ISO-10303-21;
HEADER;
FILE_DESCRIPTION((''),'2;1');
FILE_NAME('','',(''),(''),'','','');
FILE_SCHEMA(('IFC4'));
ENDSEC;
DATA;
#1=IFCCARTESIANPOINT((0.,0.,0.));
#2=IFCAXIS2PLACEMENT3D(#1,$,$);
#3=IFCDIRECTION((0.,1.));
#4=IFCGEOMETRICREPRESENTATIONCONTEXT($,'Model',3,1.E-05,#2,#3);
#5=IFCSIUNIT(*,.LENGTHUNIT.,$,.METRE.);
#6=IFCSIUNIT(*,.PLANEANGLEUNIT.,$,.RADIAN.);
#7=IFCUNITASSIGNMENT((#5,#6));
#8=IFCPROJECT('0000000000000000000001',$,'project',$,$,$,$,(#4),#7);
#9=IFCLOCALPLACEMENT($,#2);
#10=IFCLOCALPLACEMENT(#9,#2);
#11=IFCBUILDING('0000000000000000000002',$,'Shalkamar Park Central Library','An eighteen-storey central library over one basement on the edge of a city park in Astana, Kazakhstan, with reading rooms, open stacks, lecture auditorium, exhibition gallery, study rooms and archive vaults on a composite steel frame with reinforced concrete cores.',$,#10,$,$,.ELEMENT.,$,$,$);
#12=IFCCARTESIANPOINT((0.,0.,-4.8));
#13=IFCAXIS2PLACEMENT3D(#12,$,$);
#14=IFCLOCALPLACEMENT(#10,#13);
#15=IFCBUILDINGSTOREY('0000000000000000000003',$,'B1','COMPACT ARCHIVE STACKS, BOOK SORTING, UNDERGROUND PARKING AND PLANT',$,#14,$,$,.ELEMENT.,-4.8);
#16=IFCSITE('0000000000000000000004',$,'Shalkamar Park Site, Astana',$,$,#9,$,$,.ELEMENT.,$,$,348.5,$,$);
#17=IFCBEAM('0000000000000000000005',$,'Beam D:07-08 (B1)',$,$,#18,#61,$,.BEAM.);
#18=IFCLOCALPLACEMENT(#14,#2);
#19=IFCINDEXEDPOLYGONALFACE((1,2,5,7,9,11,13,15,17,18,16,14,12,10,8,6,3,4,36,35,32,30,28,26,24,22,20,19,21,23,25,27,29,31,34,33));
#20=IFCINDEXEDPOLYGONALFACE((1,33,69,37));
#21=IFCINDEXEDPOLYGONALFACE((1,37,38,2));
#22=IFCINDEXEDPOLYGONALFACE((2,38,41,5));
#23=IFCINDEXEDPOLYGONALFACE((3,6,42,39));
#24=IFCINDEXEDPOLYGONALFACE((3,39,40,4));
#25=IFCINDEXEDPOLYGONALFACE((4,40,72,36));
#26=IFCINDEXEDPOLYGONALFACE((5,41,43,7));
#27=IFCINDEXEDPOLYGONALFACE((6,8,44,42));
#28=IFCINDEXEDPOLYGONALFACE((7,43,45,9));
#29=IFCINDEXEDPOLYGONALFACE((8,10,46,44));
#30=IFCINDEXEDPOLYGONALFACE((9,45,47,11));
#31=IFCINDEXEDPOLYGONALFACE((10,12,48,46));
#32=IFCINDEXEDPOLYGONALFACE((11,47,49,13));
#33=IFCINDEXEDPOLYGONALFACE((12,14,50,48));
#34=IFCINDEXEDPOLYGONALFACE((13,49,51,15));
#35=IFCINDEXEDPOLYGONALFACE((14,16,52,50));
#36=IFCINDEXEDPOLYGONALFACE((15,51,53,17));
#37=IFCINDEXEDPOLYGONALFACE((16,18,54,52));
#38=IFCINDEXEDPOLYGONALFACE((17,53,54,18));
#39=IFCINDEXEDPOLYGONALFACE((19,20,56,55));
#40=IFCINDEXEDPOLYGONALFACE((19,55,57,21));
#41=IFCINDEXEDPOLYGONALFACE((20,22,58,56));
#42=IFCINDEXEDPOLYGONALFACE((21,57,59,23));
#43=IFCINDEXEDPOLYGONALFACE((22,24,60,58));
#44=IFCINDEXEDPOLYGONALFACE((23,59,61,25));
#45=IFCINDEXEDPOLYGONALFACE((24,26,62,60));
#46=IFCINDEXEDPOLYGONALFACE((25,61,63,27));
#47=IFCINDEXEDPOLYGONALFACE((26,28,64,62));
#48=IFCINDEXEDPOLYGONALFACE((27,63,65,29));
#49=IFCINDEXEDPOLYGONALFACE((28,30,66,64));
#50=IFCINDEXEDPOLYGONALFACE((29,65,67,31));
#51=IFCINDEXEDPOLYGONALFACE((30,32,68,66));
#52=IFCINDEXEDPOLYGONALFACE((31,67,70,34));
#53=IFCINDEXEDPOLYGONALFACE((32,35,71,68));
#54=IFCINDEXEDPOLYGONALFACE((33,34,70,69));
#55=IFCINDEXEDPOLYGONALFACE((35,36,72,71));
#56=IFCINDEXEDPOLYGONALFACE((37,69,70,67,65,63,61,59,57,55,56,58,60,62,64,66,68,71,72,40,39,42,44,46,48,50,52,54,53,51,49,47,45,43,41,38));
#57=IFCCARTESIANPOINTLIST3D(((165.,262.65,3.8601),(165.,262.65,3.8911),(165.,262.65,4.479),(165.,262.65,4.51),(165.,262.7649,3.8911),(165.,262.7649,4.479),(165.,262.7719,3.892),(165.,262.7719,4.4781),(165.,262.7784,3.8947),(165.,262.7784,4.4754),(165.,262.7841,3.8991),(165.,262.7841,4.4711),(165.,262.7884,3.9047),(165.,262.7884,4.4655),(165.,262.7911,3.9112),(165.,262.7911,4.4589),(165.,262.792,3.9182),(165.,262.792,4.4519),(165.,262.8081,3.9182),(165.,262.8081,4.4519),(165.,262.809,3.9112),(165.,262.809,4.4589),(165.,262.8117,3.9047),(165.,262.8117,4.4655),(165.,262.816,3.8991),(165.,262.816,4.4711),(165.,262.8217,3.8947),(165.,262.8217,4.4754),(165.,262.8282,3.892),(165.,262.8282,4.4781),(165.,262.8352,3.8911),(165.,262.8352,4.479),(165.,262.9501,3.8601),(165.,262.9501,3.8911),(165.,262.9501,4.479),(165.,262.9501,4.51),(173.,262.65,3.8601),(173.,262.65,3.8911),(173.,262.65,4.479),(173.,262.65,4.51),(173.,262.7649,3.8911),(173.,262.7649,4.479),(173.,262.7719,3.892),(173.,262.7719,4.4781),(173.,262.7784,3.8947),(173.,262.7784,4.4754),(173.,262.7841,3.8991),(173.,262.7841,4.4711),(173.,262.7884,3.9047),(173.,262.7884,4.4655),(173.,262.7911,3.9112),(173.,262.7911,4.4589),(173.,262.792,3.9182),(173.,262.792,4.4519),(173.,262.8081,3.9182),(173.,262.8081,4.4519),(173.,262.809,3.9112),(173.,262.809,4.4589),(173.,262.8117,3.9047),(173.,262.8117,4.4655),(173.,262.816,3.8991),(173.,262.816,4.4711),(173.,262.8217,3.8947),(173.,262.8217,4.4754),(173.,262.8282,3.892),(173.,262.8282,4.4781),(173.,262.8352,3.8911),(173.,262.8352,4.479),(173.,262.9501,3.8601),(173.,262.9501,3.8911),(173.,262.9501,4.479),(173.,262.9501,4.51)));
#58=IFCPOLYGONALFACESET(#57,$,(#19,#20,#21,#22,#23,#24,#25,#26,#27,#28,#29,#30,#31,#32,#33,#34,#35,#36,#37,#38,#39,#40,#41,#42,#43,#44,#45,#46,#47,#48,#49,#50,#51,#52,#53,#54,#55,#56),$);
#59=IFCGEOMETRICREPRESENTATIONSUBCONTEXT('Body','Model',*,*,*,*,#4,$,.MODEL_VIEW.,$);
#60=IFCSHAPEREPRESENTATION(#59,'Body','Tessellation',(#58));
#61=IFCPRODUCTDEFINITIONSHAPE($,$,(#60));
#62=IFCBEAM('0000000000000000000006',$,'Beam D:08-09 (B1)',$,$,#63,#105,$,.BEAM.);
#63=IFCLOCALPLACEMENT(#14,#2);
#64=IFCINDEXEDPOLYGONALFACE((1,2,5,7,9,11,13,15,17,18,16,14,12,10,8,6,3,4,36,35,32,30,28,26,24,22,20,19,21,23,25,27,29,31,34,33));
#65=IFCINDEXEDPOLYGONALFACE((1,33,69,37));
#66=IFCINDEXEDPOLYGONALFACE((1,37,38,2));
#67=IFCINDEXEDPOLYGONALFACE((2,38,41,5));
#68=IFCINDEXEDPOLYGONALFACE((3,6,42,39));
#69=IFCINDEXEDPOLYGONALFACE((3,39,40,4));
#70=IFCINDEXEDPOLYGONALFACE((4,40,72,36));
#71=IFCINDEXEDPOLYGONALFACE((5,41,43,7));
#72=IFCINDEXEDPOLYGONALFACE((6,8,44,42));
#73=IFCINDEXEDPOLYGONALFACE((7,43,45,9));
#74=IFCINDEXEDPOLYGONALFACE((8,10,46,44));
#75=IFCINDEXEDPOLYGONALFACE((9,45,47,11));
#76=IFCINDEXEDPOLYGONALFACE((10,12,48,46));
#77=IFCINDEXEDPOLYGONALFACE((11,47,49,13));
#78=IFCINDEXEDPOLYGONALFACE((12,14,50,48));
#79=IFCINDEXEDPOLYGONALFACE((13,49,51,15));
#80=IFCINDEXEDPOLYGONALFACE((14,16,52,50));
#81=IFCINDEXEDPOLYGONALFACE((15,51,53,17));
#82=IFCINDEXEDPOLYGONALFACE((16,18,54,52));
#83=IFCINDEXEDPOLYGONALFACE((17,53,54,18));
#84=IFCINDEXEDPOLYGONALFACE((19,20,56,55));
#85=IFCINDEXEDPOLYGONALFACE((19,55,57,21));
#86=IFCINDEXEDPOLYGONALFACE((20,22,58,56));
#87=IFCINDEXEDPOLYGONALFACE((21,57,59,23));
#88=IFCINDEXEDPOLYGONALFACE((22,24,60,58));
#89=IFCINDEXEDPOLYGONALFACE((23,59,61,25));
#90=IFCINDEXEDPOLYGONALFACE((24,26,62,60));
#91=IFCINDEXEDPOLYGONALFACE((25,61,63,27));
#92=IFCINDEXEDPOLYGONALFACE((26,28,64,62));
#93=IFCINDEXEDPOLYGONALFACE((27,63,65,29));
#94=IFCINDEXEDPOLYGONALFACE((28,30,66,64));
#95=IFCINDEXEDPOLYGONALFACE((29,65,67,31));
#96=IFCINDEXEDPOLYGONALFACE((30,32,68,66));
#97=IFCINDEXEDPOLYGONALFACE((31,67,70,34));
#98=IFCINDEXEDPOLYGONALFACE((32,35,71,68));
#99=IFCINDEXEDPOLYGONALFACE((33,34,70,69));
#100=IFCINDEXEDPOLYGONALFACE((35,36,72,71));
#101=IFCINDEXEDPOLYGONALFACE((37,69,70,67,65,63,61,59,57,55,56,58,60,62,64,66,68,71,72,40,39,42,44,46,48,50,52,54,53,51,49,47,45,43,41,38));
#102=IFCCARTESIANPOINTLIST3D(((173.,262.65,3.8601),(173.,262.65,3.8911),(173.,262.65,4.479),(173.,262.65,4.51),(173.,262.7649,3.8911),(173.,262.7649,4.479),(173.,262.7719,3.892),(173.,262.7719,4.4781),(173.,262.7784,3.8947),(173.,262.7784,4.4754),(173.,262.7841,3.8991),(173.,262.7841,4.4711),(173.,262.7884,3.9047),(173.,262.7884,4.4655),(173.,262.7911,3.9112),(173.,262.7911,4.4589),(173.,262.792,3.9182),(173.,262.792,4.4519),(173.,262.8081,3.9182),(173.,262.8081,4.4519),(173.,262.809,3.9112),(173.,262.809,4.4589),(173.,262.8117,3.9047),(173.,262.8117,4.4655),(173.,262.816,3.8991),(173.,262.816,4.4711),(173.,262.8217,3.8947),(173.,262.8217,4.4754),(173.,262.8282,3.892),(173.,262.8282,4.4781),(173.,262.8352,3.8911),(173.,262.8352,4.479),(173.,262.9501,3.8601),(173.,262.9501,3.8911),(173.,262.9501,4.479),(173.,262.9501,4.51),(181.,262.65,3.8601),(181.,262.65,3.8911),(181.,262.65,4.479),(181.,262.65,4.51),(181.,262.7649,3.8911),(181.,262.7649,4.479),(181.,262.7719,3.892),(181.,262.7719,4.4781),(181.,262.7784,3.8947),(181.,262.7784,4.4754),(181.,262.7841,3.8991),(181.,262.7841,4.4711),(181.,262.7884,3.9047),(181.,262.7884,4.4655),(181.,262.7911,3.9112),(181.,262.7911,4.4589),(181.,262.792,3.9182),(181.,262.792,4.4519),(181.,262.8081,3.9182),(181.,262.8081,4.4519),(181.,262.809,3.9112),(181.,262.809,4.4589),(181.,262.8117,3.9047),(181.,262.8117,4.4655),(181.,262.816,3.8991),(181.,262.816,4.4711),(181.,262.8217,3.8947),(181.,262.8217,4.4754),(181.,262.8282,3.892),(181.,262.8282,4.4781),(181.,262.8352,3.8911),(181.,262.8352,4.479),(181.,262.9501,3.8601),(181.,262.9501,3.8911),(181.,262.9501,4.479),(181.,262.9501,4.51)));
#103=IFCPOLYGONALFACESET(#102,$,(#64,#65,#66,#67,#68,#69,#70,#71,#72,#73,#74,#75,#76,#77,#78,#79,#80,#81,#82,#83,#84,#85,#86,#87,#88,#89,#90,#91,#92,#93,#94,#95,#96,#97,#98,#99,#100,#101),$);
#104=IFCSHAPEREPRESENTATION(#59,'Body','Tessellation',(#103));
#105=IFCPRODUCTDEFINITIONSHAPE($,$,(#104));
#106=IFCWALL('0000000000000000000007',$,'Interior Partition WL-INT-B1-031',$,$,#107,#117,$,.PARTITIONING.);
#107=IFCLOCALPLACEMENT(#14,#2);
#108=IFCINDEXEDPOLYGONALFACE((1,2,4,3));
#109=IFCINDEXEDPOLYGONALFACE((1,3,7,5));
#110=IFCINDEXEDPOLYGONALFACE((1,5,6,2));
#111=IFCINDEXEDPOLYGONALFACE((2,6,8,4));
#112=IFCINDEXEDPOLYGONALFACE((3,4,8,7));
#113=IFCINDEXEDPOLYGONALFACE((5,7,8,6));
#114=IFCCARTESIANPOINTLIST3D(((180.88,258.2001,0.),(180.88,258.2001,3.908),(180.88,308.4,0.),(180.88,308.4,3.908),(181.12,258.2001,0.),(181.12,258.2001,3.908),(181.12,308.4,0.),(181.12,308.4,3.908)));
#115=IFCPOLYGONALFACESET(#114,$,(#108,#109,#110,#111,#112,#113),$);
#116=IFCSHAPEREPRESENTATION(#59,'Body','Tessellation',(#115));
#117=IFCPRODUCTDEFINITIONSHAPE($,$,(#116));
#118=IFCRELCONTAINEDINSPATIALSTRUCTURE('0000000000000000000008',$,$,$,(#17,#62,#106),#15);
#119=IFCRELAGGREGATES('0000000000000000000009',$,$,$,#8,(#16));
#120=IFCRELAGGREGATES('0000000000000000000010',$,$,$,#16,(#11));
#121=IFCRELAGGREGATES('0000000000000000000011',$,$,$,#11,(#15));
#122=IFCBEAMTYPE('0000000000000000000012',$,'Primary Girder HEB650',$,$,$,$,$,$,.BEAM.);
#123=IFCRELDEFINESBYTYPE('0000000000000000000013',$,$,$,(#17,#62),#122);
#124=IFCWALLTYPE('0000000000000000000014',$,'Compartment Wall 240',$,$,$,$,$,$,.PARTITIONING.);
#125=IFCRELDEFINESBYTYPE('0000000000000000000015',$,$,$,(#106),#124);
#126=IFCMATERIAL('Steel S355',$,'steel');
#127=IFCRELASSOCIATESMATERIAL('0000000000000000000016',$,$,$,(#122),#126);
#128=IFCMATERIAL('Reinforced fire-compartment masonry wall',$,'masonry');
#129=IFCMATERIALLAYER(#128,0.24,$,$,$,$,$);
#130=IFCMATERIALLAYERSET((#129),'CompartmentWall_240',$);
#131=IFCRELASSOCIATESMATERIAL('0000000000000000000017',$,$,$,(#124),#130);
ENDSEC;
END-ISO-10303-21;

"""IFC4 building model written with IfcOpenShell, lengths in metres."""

from ifc_helpers import new_model, si_unit, direction, frame, frame_2d, origin, origin_2d, place, context, subcontext, project, spatial, rectangle, i_section, extrude, material, layer, layer_set, material_profile, profile_set, type_object, element, save


model = new_model("IFC4")

# Units and contexts
model_context = context("Model", 3, precision=1e-05, world=origin(), true_north=direction((0.0, 1.0)))
body_context = subcontext(model_context, "Body", "Model", "MODEL_VIEW")
ifc_project = project(units=[si_unit("LENGTHUNIT", "METRE"), si_unit("PLANEANGLEUNIT", "RADIAN")], contexts=[model_context])

# Site, building, storey
site_placement = place(None, origin())
site = spatial("IfcSite", under=ifc_project, at=site_placement, Name="Shalkamar Park Site, Astana", CompositionType="ELEMENT", RefElevation=348.5)
building_placement = place(site_placement, origin())
building = spatial("IfcBuilding", under=site, at=building_placement, Name="Shalkamar Park Central Library", Description="An eighteen-storey central library over one basement on the edge of a city park in Astana, Kazakhstan, with reading rooms, open stacks, lecture auditorium, exhibition gallery, study rooms and archive vaults on a composite steel frame with reinforced concrete cores.", CompositionType="ELEMENT")
storey_placement = place(building_placement, frame((0.0, 0.0, -4.8)))
storey = spatial("IfcBuildingStorey", under=building, at=storey_placement, Name="B1", Description="COMPACT ARCHIVE STACKS, BOOK SORTING, UNDERGROUND PARKING AND PLANT", CompositionType="ELEMENT", Elevation=-4.8)

# Shared definitions
ifc_material_1 = material(Name="Steel S355", Category="steel")

# Beams
ifc_material_profile_1 = material_profile(ifc_material_1, i_section(OverallWidth=0.3, OverallDepth=0.6499, WebThickness=0.0161, FlangeThickness=0.031, FilletRadius=0.0271, at=origin_2d()), Name="HEB 650")
ifc_profile_set_1 = profile_set([ifc_material_profile_1], Name="Steel S355")
beam_type_1 = type_object("IfcBeamType", Name="Primary Girder HEB650", PredefinedType="BEAM", material=ifc_profile_set_1)
for number, where, z_axis, x_axis, name in (
    (1, (165.0, 262.8, 4.1851), (1.0, 0.0, 0.0), (0.0, 1.0, 0.0), "Beam D:07-08 (B1)"),
    (2, (173.0, 262.8, 4.1851), (1.0, 0.0, 0.0), (0.0, 1.0, 0.0), "Beam D:08-09 (B1)"),
):
    element("IfcBeam", number, at=place(storey_placement, frame(where, z_axis=z_axis, x_axis=x_axis)), inside=storey, type_object=beam_type_1, Name=name, PredefinedType="BEAM", context=body_context, shape_type="SweptSolid", body=[
        extrude(i_section(OverallWidth=0.3, OverallDepth=0.6499, WebThickness=0.0161, FlangeThickness=0.031, FilletRadius=0.0271, at=origin_2d()), origin(), (0.0, 0.0, 1.0), 8.0),
    ])

# Wall
ifc_material_2 = material(Name="Reinforced fire-compartment masonry wall", Category="masonry")
ifc_layer = layer(ifc_material_2, 0.24)
ifc_layer_set = layer_set([ifc_layer], Name="CompartmentWall_240")
wall_type = type_object("IfcWallType", Name="Compartment Wall 240", PredefinedType="PARTITIONING", material=ifc_layer_set)
wall_placement = place(storey_placement, frame((181.0, 258.2, 0.0), z_axis=(0.0, 0.0, 1.0), x_axis=(0.0, 1.0, 0.0)))
element("IfcWall", 3, at=wall_placement, inside=storey, type_object=wall_type, Name="Interior Partition WL-INT-B1-031", PredefinedType="PARTITIONING", context=body_context, shape_type="SweptSolid", body=[
    extrude(rectangle(XDim=50.2, YDim=0.24, at=frame_2d((25.1001, 0.0))), origin(), (0.0, 0.0, 1.0), 3.908),
])

save(model, "model.ifc")
